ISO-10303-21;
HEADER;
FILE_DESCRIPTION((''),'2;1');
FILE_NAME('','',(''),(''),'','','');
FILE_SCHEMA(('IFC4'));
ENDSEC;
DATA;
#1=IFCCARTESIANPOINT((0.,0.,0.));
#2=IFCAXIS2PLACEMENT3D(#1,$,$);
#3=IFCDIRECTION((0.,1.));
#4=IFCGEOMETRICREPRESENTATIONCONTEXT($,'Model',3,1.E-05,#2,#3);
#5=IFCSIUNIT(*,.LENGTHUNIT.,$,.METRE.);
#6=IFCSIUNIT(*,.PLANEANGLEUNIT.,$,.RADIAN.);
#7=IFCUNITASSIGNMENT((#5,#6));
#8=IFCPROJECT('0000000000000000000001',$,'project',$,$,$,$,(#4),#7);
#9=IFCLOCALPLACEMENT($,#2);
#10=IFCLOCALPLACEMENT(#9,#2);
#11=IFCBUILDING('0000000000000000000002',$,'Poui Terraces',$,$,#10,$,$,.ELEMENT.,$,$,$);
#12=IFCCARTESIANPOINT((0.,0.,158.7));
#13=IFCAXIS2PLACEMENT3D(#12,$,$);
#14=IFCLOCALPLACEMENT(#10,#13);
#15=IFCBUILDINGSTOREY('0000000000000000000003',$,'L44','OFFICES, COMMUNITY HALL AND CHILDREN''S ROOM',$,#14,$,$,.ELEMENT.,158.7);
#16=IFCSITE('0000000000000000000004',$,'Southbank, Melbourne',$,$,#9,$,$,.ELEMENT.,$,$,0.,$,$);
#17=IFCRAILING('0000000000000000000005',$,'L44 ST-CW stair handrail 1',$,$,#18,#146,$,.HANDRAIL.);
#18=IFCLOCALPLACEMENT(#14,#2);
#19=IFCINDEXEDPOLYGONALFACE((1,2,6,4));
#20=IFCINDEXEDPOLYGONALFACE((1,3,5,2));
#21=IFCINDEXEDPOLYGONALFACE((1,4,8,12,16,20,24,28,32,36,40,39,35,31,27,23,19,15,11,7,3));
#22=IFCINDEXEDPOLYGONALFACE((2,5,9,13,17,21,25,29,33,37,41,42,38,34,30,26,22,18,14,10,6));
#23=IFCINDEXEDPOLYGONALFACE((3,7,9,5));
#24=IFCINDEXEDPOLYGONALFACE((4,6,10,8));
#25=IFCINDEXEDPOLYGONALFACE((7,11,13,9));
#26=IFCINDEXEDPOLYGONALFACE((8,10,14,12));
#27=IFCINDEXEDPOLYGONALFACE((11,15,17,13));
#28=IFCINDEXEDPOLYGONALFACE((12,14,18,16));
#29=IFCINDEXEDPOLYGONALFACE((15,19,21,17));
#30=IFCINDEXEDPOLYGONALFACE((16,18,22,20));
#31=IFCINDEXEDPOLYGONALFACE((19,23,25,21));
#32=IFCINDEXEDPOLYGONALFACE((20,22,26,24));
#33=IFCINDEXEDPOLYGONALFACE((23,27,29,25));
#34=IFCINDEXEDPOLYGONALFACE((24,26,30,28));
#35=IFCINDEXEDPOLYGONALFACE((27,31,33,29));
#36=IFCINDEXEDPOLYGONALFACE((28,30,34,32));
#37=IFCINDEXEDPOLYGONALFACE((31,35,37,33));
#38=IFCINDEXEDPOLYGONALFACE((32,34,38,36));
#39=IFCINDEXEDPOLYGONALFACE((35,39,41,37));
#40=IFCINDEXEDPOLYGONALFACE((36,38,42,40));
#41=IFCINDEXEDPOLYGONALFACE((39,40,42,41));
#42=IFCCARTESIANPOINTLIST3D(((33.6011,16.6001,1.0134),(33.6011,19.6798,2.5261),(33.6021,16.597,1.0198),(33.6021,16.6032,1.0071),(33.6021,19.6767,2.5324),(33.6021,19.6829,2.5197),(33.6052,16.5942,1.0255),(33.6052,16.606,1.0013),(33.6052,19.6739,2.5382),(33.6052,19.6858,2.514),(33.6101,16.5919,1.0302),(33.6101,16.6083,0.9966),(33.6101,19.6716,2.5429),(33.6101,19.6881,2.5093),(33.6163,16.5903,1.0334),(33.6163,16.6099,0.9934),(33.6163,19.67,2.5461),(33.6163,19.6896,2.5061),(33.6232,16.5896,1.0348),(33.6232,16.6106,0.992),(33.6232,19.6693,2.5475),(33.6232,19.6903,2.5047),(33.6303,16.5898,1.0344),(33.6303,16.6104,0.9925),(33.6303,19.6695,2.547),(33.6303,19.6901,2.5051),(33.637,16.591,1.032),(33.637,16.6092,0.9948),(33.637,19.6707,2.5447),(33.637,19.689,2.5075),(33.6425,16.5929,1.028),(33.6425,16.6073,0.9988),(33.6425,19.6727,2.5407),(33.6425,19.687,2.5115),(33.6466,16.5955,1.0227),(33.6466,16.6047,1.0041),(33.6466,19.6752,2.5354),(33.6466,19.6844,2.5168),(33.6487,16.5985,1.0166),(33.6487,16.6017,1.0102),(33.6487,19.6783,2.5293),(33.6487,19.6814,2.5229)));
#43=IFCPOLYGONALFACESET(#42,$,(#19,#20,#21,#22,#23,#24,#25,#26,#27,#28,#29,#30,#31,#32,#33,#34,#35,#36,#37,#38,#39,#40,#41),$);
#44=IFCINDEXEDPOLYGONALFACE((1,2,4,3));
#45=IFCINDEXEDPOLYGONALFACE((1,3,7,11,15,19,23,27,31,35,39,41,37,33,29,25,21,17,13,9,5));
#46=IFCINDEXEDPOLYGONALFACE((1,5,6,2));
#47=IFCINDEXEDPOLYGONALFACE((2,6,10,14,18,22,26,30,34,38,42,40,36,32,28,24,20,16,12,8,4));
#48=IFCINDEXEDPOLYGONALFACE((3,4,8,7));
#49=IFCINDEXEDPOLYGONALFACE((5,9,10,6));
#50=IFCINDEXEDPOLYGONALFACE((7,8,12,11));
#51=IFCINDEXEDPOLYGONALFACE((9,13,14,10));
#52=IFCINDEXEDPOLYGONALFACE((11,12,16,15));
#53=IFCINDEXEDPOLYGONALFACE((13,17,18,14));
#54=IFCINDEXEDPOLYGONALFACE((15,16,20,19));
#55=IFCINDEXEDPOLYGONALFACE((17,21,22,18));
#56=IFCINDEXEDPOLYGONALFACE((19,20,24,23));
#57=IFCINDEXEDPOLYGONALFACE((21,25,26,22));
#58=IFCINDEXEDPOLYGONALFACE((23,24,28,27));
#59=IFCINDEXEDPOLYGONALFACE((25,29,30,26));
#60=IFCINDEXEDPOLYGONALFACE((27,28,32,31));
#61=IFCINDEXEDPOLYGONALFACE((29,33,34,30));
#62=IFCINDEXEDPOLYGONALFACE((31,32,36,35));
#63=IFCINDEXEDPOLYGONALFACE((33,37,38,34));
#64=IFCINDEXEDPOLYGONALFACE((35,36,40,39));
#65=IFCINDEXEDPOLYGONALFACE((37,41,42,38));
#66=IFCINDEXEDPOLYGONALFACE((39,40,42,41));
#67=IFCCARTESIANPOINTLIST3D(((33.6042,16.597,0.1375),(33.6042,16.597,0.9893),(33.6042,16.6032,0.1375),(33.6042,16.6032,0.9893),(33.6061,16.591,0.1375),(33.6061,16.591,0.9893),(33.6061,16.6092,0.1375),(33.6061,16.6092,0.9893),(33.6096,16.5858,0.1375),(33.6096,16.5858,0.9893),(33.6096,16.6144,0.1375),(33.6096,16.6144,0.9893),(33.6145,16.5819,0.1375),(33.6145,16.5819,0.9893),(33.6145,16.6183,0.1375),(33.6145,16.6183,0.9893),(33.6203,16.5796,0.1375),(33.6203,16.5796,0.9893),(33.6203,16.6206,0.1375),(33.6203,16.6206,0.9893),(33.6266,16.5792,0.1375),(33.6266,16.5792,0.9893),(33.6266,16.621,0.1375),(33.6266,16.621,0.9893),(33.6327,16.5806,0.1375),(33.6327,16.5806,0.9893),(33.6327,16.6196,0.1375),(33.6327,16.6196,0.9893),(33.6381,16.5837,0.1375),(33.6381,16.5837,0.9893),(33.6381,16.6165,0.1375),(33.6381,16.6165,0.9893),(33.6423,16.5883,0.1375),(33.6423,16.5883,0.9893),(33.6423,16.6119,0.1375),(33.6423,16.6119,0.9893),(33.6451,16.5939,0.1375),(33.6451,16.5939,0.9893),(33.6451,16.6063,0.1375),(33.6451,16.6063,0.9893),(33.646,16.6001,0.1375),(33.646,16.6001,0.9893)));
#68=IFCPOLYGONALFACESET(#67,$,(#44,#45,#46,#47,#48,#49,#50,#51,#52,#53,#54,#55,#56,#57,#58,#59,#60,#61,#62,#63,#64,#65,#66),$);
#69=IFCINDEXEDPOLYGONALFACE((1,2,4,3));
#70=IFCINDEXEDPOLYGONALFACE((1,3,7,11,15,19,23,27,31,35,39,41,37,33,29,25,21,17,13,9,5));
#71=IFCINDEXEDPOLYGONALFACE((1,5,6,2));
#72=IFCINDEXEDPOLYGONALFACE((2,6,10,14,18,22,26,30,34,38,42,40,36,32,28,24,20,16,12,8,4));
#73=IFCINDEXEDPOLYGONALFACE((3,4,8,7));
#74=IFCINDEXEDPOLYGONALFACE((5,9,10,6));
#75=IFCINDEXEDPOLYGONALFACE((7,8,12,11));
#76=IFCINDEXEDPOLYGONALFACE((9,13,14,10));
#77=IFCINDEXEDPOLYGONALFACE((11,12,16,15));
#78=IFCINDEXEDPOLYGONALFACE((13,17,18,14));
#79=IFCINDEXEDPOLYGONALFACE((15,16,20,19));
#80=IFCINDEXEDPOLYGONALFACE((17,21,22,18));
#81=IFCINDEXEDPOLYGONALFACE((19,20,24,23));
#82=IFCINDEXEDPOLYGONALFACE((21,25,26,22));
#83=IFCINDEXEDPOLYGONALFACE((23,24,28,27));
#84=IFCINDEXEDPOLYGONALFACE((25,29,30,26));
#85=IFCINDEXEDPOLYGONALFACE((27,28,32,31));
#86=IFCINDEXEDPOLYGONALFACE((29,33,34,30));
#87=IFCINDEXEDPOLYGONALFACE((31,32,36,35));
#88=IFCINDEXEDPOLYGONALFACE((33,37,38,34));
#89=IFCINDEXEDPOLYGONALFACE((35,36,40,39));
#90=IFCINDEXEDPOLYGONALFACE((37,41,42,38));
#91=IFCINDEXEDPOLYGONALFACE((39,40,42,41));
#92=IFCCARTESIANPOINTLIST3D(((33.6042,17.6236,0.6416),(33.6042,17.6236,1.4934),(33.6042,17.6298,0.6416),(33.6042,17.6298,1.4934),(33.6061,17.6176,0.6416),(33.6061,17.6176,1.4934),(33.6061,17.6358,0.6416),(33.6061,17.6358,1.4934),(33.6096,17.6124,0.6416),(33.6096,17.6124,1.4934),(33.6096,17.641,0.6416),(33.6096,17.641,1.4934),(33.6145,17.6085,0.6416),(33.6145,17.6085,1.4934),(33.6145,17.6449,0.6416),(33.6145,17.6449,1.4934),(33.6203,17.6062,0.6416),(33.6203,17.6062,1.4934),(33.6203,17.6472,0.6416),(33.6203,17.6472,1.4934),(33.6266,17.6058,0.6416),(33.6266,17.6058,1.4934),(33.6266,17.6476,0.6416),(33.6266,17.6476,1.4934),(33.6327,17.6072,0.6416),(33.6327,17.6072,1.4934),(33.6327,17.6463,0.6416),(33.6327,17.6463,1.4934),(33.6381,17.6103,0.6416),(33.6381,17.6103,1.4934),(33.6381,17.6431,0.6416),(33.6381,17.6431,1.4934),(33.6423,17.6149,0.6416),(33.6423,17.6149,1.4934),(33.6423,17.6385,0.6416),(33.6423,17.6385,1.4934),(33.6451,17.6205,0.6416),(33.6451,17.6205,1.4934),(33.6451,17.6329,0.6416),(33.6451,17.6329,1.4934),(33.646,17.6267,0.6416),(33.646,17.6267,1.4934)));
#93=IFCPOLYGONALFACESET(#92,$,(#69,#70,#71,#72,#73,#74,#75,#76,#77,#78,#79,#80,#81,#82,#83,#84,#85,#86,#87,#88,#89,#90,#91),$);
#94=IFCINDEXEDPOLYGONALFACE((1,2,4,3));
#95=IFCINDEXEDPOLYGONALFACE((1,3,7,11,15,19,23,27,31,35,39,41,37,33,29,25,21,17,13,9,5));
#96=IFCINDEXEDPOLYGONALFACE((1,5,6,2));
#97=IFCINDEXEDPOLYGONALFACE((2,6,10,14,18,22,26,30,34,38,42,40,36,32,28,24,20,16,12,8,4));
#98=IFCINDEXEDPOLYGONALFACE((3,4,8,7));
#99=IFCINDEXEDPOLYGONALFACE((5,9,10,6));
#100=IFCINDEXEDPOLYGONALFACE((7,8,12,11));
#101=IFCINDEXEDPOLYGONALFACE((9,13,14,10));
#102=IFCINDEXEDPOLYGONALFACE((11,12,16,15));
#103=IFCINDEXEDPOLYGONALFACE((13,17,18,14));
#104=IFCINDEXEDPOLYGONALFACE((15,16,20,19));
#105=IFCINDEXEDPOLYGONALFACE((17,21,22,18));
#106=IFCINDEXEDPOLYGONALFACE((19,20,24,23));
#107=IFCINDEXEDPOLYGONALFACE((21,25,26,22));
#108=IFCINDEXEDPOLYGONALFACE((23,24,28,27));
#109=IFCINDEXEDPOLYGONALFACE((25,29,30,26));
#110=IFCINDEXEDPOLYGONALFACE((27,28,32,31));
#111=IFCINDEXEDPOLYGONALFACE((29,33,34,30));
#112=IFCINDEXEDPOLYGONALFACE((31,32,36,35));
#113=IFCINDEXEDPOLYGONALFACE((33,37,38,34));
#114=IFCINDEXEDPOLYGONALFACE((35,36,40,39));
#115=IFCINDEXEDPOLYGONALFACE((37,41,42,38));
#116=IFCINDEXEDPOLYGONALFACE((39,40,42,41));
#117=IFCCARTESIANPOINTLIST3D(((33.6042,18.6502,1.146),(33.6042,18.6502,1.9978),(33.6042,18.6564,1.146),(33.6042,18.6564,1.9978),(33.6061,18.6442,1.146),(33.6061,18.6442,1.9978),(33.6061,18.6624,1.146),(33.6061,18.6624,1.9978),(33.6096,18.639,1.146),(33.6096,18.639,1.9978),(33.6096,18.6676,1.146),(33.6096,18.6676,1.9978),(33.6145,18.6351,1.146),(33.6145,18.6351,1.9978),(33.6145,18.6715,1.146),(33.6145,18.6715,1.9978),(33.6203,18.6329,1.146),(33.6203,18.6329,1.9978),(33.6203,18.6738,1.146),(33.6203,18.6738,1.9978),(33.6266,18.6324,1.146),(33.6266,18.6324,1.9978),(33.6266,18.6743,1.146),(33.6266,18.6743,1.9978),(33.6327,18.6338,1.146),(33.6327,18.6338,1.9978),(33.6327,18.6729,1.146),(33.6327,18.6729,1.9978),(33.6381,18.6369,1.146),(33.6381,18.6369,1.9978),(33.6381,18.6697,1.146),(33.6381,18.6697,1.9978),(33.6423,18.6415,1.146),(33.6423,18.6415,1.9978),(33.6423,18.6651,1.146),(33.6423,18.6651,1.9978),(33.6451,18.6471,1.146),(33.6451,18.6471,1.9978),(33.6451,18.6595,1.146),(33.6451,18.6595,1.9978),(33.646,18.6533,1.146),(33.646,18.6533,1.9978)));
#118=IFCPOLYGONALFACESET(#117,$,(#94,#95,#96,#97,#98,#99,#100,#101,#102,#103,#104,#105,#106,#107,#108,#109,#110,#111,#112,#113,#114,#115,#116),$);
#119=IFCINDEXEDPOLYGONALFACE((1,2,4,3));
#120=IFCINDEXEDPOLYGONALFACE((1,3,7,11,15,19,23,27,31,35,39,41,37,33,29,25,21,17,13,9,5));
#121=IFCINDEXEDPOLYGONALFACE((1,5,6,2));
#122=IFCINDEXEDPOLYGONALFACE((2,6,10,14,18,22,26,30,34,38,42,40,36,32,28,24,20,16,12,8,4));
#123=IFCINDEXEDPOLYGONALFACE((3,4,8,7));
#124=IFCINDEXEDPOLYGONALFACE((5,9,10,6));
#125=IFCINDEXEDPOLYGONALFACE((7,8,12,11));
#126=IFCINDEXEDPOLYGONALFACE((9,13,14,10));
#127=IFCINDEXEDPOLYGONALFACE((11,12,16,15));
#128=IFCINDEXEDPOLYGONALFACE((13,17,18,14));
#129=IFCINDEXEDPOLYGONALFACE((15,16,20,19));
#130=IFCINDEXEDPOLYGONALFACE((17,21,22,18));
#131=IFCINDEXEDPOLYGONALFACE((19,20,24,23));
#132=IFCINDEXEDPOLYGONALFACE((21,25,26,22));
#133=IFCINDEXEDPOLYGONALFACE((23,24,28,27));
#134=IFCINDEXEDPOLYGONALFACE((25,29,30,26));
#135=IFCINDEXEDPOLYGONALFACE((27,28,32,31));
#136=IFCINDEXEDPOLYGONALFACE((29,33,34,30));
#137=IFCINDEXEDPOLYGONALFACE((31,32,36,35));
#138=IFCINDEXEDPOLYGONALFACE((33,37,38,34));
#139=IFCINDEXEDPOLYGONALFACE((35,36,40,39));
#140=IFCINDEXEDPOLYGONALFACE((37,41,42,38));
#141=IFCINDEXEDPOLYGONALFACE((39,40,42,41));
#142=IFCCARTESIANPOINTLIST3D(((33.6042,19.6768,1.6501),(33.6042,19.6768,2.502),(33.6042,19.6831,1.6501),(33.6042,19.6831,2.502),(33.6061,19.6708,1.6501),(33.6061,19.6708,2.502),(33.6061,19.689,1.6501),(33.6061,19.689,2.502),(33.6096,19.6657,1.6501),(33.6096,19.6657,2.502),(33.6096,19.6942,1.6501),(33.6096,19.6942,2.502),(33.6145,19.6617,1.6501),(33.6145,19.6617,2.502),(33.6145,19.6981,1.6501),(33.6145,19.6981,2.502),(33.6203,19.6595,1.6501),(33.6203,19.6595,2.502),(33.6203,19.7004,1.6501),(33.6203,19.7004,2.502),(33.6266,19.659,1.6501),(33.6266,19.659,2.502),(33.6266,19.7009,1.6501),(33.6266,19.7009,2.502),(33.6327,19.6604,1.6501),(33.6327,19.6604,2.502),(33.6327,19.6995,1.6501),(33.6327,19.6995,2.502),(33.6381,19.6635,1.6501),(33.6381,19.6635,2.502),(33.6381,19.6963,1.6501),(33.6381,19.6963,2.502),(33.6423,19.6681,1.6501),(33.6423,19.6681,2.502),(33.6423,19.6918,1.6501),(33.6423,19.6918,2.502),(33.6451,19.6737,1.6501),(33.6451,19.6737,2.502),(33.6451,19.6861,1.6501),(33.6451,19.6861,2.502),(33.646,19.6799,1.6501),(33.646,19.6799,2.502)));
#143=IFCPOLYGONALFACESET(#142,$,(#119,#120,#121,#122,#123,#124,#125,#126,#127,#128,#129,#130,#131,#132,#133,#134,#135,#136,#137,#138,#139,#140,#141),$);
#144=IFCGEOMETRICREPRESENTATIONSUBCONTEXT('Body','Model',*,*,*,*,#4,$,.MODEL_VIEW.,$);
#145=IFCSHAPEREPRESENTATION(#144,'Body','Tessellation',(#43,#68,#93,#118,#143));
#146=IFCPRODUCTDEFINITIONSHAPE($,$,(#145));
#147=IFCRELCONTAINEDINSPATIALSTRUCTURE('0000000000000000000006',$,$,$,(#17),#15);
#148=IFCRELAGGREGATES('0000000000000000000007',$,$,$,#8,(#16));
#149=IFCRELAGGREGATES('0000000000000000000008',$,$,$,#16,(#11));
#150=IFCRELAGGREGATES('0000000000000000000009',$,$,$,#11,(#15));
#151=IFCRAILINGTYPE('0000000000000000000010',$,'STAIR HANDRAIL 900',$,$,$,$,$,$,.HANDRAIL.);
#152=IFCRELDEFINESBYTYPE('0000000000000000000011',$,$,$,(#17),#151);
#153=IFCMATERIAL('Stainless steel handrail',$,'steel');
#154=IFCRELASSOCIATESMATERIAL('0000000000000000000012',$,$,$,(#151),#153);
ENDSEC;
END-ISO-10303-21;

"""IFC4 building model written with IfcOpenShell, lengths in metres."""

from ifc_helpers import new_model, si_unit, direction, frame, origin, origin_2d, place, context, subcontext, project, spatial, circle, extrude, material, type_object, element, save


model = new_model("IFC4")

# Units and contexts
model_context = context("Model", 3, precision=1e-05, world=origin(), true_north=direction((0.0, 1.0)))
body_context = subcontext(model_context, "Body", "Model", "MODEL_VIEW")
ifc_project = project(units=[si_unit("LENGTHUNIT", "METRE"), si_unit("PLANEANGLEUNIT", "RADIAN")], contexts=[model_context])

# Site, building, storey
site_placement = place(None, origin())
site = spatial("IfcSite", under=ifc_project, at=site_placement, Name="Southbank, Melbourne", CompositionType="ELEMENT", RefElevation=0.0)
building_placement = place(site_placement, origin())
building = spatial("IfcBuilding", under=site, at=building_placement, Name="Poui Terraces", CompositionType="ELEMENT")
storey_placement = place(building_placement, frame((0.0, 0.0, 158.7)))
storey = spatial("IfcBuildingStorey", under=building, at=storey_placement, Name="L44", Description="OFFICES, COMMUNITY HALL AND CHILDREN'S ROOM", CompositionType="ELEMENT", Elevation=158.7)

# Railing
ifc_material_1 = material(Name="Stainless steel handrail", Category="steel")
railing_type_1 = type_object("IfcRailingType", Name="STAIR HANDRAIL 900", PredefinedType="HANDRAIL", material=ifc_material_1)
railing_1_placement = place(storey_placement, frame((33.625, 16.6001, 0.1375)))
element("IfcRailing", 1, at=railing_1_placement, inside=storey, type_object=railing_type_1, Name="L44 ST-CW stair handrail 1", PredefinedType="HANDRAIL", context=body_context, shape_type="SweptSolid", body=[
    extrude(circle(Radius=0.0239, at=origin_2d()), frame((0.0, 0.0, 0.876), z_axis=(0.0, 0.897578, 0.440856), x_axis=(-1.0, 0.0, 0.0)), (0.0, 0.0, 1.0), 3.4312),
    extrude(circle(Radius=0.021, at=origin_2d()), origin(), (0.0, 0.0, 1.0), 0.8518),
    extrude(circle(Radius=0.021, at=origin_2d()), frame((0.0, 1.0266, 0.5042)), (0.0, 0.0, 1.0), 0.8518),
    extrude(circle(Radius=0.021, at=origin_2d()), frame((0.0, 2.0532, 1.0085)), (0.0, 0.0, 1.0), 0.8518),
    extrude(circle(Radius=0.021, at=origin_2d()), frame((0.0, 3.0798, 1.5127)), (0.0, 0.0, 1.0), 0.8518),
])

save(model, "model.ifc")
